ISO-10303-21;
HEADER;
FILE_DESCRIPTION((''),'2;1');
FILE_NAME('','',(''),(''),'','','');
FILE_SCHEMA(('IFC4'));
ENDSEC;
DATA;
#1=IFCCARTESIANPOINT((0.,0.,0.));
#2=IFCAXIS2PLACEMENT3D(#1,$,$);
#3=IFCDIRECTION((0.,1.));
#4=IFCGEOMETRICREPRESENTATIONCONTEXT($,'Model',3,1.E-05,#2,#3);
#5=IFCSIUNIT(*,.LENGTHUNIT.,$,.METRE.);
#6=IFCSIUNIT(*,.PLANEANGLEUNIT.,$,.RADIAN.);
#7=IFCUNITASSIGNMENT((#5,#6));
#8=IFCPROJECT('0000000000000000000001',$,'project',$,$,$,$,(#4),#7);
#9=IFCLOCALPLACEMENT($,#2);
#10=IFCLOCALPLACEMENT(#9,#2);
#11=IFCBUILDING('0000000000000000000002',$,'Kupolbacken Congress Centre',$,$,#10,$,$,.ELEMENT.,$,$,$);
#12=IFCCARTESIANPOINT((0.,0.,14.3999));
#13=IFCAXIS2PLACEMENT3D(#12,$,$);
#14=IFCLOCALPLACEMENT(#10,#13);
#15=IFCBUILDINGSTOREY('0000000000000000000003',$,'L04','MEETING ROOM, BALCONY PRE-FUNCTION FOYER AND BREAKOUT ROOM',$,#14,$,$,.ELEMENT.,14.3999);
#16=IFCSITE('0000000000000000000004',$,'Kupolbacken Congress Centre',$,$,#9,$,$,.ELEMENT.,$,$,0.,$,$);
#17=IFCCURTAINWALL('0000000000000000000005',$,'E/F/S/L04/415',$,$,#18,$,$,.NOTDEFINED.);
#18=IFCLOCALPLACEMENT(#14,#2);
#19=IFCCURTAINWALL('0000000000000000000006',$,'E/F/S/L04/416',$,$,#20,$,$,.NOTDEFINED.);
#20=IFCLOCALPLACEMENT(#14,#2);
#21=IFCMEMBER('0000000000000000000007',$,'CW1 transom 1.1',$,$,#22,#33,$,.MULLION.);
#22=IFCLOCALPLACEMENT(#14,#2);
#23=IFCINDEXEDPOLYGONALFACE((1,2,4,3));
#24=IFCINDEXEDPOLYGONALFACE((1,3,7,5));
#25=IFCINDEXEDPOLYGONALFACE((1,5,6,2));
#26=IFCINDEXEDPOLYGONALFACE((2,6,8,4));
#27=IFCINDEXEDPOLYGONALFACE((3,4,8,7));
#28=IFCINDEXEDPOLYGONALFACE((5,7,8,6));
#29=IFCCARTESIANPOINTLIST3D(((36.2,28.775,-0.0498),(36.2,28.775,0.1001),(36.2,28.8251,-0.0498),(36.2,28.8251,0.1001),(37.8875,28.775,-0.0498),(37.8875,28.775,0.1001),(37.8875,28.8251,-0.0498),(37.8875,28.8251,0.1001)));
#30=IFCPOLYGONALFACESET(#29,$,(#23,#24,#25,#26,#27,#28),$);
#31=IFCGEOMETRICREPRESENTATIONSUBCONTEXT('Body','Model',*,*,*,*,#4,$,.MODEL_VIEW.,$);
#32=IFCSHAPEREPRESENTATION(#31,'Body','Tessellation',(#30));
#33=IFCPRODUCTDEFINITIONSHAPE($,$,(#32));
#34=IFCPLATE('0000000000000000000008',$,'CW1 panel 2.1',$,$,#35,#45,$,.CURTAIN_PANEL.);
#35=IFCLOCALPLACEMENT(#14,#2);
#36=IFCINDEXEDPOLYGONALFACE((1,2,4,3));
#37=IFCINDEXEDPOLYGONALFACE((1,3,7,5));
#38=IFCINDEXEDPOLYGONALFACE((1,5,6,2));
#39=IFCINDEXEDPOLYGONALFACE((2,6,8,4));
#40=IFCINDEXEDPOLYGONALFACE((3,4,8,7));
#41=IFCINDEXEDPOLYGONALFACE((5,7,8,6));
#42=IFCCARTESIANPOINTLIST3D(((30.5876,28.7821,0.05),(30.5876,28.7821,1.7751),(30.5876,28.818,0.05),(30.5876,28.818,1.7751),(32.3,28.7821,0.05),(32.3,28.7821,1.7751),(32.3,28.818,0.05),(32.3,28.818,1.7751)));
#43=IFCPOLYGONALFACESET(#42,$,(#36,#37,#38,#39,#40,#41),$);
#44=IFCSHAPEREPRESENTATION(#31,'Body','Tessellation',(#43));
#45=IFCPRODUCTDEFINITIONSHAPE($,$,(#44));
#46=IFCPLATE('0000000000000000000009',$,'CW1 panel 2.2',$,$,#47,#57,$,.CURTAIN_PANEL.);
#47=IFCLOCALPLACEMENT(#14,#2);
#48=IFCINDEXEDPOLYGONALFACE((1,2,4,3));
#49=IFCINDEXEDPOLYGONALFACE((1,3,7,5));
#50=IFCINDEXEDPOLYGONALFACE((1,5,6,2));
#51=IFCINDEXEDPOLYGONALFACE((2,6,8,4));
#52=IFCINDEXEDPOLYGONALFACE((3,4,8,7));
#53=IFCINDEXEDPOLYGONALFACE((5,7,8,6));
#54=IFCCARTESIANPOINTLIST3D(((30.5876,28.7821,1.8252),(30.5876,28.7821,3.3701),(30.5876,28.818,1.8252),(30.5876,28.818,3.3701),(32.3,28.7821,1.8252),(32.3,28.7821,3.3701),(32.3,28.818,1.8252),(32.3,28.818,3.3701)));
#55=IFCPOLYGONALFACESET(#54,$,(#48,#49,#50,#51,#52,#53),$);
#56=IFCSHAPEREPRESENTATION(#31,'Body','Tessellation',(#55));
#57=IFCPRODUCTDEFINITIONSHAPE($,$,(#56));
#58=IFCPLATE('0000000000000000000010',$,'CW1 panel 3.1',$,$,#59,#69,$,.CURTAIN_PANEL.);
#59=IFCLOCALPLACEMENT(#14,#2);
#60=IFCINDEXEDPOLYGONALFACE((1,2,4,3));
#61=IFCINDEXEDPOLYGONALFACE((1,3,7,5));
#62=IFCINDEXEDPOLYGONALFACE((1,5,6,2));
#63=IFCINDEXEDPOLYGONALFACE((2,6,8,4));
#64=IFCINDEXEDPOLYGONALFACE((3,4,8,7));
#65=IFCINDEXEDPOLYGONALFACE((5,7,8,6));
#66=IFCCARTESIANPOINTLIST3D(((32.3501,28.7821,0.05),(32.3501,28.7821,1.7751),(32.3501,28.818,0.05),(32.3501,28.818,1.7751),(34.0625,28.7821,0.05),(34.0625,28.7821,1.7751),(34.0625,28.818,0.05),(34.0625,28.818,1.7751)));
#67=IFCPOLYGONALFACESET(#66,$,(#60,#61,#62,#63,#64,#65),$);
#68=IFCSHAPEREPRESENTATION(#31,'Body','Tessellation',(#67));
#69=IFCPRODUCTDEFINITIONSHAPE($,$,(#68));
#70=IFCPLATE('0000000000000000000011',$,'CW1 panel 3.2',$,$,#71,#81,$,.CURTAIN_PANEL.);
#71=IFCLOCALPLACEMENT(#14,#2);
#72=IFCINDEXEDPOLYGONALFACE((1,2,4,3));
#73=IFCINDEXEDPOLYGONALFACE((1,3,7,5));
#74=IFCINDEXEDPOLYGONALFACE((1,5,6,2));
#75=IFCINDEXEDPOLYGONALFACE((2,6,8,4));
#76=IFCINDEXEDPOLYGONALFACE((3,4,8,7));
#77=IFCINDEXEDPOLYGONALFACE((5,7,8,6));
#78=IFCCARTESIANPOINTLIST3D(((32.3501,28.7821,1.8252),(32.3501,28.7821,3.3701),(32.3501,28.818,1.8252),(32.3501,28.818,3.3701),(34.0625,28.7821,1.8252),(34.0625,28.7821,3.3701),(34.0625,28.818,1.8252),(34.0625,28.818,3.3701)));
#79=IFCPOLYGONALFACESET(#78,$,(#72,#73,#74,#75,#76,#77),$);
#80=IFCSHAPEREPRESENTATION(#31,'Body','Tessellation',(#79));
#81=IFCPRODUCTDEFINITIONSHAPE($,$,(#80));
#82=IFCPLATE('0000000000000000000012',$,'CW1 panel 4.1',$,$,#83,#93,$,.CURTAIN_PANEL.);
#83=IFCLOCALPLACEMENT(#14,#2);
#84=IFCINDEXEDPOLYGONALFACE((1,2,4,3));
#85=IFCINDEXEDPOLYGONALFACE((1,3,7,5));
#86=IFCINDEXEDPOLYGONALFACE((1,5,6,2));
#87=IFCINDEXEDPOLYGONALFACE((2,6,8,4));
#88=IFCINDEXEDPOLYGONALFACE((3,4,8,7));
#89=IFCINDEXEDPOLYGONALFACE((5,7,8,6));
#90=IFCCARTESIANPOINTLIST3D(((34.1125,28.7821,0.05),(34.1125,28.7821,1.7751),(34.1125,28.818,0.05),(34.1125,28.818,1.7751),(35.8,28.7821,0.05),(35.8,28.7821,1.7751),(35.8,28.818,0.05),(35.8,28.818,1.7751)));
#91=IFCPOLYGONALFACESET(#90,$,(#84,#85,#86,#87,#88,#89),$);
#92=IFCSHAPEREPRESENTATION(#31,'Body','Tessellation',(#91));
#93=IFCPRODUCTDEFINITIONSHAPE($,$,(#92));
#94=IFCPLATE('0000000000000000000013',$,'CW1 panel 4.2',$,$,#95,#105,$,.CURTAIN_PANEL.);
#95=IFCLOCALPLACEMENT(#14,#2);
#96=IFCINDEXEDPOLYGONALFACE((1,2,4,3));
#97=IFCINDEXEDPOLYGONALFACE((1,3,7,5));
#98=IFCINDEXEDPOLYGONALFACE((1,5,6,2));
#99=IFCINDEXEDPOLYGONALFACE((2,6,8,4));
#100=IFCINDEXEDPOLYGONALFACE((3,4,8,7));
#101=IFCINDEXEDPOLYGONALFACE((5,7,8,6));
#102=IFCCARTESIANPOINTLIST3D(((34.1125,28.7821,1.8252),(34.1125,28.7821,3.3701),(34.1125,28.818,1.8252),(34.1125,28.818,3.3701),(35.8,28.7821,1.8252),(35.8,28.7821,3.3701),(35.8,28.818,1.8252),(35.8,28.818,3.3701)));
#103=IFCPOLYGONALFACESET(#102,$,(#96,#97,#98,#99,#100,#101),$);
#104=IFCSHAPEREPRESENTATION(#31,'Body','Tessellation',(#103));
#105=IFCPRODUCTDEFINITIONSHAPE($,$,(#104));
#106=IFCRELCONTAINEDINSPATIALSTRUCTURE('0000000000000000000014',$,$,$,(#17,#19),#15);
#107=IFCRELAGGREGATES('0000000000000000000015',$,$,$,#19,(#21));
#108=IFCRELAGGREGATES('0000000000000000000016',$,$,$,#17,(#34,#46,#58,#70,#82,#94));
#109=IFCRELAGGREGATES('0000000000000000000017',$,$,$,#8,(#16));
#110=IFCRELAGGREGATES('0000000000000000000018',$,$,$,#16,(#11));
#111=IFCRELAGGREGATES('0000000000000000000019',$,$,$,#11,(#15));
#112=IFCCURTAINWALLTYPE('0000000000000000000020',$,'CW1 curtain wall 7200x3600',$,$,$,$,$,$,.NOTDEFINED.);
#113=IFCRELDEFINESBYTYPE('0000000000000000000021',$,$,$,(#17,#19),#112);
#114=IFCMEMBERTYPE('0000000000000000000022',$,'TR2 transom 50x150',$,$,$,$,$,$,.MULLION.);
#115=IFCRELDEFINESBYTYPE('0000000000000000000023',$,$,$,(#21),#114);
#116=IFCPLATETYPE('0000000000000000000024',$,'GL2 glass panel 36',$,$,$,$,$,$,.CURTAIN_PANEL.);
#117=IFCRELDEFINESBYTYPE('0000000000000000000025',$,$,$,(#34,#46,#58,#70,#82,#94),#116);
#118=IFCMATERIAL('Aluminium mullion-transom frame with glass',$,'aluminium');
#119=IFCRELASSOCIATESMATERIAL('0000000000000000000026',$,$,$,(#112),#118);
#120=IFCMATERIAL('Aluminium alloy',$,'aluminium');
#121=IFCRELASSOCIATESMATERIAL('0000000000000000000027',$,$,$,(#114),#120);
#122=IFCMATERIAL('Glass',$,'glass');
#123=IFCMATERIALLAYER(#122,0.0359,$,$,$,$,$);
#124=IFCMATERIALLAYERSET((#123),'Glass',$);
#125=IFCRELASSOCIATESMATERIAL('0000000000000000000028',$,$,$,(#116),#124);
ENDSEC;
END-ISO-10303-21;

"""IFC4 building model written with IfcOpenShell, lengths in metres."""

from ifc_helpers import new_model, si_unit, direction, frame, origin, origin_2d, place, context, subcontext, project, spatial, rectangle, extrude, material, layer, layer_set, material_profile, profile_set, type_object, element, aggregate, save


model = new_model("IFC4")

# Units and contexts
model_context = context("Model", 3, precision=1e-05, world=origin(), true_north=direction((0.0, 1.0)))
body_context = subcontext(model_context, "Body", "Model", "MODEL_VIEW")
ifc_project = project(units=[si_unit("LENGTHUNIT", "METRE"), si_unit("PLANEANGLEUNIT", "RADIAN")], contexts=[model_context])

# Site, building, storey
site_placement = place(None, origin())
site = spatial("IfcSite", under=ifc_project, at=site_placement, Name="Kupolbacken Congress Centre", CompositionType="ELEMENT", RefElevation=0.0)
building_placement = place(site_placement, origin())
building = spatial("IfcBuilding", under=site, at=building_placement, Name="Kupolbacken Congress Centre", CompositionType="ELEMENT")
storey_placement = place(building_placement, frame((0.0, 0.0, 14.3999)))
storey = spatial("IfcBuildingStorey", under=building, at=storey_placement, Name="L04", Description="MEETING ROOM, BALCONY PRE-FUNCTION FOYER AND BREAKOUT ROOM", CompositionType="ELEMENT", Elevation=14.3999)

# Curtain wall
ifc_material_1 = material(Name="Aluminium mullion-transom frame with glass", Category="aluminium")
curtain_wall_type = type_object("IfcCurtainWallType", Name="CW1 curtain wall 7200x3600", PredefinedType="NOTDEFINED", material=ifc_material_1)
curtain_wall_1_placement = place(storey_placement, origin())
curtain_wall_1 = element("IfcCurtainWall", 1, at=curtain_wall_1_placement, inside=storey, type_object=curtain_wall_type, Name="E/F/S/L04/415", PredefinedType="NOTDEFINED")

# Curtain wall
curtain_wall_2_placement = place(storey_placement, origin())
curtain_wall_2 = element("IfcCurtainWall", 2, at=curtain_wall_2_placement, inside=storey, type_object=curtain_wall_type, Name="E/F/S/L04/416", PredefinedType="NOTDEFINED")

# Member
ifc_material_2 = material(Name="Aluminium alloy", Category="aluminium")
ifc_material_profile_1 = material_profile(ifc_material_2, rectangle(XDim=0.05, YDim=0.1499, at=origin_2d()), Name="50 x 150")
ifc_profile_set_1 = profile_set([ifc_material_profile_1], Name="Aluminium alloy")
member_type_1 = type_object("IfcMemberType", Name="TR2 transom 50x150", PredefinedType="MULLION", material=ifc_profile_set_1)
member_1_placement = place(storey_placement, frame((36.2, 28.8, 0.0251), z_axis=(1.0, 0.0, 0.0), x_axis=(0.0, 1.0, 0.0)))
member_1 = element("IfcMember", 3, at=member_1_placement, type_object=member_type_1, Name="CW1 transom 1.1", PredefinedType="MULLION", context=body_context, shape_type="SweptSolid", body=[
    extrude(rectangle(XDim=0.05, YDim=0.1499, at=origin_2d()), origin(), (0.0, 0.0, 1.0), 1.6875),
])
aggregate(curtain_wall_2, [member_1])

# Plates
ifc_material_3 = material(Name="Glass", Category="glass")
ifc_layer = layer(ifc_material_3, 0.0359)
ifc_layer_set = layer_set([ifc_layer], Name="Glass")
plate_type = type_object("IfcPlateType", Name="GL2 glass panel 36", PredefinedType="CURTAIN_PANEL", material=ifc_layer_set)
plate_1_placement = place(storey_placement, frame((31.4438, 28.8, 0.05), z_axis=(0.0, 0.0, 1.0), x_axis=(1.0, 0.0, 0.0)))
plate_1 = element("IfcPlate", 4, at=plate_1_placement, type_object=plate_type, Name="CW1 panel 2.1", PredefinedType="CURTAIN_PANEL", context=body_context, shape_type="SweptSolid", body=[
    extrude(rectangle(XDim=1.7124, YDim=0.0359, at=origin_2d()), origin(), (0.0, 0.0, 1.0), 1.7251),
])
plate_2_placement = place(storey_placement, frame((31.4438, 28.8, 1.8252), z_axis=(0.0, 0.0, 1.0), x_axis=(1.0, 0.0, 0.0)))
plate_2 = element("IfcPlate", 5, at=plate_2_placement, type_object=plate_type, Name="CW1 panel 2.2", PredefinedType="CURTAIN_PANEL", context=body_context, shape_type="SweptSolid", body=[
    extrude(rectangle(XDim=1.7124, YDim=0.0359, at=origin_2d()), origin(), (0.0, 0.0, 1.0), 1.5449),
])
plate_3_placement = place(storey_placement, frame((33.2063, 28.8, 0.05), z_axis=(0.0, 0.0, 1.0), x_axis=(1.0, 0.0, 0.0)))
plate_3 = element("IfcPlate", 6, at=plate_3_placement, type_object=plate_type, Name="CW1 panel 3.1", PredefinedType="CURTAIN_PANEL", context=body_context, shape_type="SweptSolid", body=[
    extrude(rectangle(XDim=1.7124, YDim=0.0359, at=origin_2d()), origin(), (0.0, 0.0, 1.0), 1.7251),
])
plate_4_placement = place(storey_placement, frame((33.2063, 28.8, 1.8252), z_axis=(0.0, 0.0, 1.0), x_axis=(1.0, 0.0, 0.0)))
plate_4 = element("IfcPlate", 7, at=plate_4_placement, type_object=plate_type, Name="CW1 panel 3.2", PredefinedType="CURTAIN_PANEL", context=body_context, shape_type="SweptSolid", body=[
    extrude(rectangle(XDim=1.7124, YDim=0.0359, at=origin_2d()), origin(), (0.0, 0.0, 1.0), 1.5449),
])
plate_5_placement = place(storey_placement, frame((34.9563, 28.8, 0.05), z_axis=(0.0, 0.0, 1.0), x_axis=(1.0, 0.0, 0.0)))
plate_5 = element("IfcPlate", 8, at=plate_5_placement, type_object=plate_type, Name="CW1 panel 4.1", PredefinedType="CURTAIN_PANEL", context=body_context, shape_type="SweptSolid", body=[
    extrude(rectangle(XDim=1.6875, YDim=0.0359, at=origin_2d()), origin(), (0.0, 0.0, 1.0), 1.7251),
])
plate_6_placement = place(storey_placement, frame((34.9563, 28.8, 1.8252), z_axis=(0.0, 0.0, 1.0), x_axis=(1.0, 0.0, 0.0)))
plate_6 = element("IfcPlate", 9, at=plate_6_placement, type_object=plate_type, Name="CW1 panel 4.2", PredefinedType="CURTAIN_PANEL", context=body_context, shape_type="SweptSolid", body=[
    extrude(rectangle(XDim=1.6875, YDim=0.0359, at=origin_2d()), origin(), (0.0, 0.0, 1.0), 1.5449),
])
aggregate(curtain_wall_1, [plate_1, plate_2, plate_3, plate_4, plate_5, plate_6])

save(model, "model.ifc")
